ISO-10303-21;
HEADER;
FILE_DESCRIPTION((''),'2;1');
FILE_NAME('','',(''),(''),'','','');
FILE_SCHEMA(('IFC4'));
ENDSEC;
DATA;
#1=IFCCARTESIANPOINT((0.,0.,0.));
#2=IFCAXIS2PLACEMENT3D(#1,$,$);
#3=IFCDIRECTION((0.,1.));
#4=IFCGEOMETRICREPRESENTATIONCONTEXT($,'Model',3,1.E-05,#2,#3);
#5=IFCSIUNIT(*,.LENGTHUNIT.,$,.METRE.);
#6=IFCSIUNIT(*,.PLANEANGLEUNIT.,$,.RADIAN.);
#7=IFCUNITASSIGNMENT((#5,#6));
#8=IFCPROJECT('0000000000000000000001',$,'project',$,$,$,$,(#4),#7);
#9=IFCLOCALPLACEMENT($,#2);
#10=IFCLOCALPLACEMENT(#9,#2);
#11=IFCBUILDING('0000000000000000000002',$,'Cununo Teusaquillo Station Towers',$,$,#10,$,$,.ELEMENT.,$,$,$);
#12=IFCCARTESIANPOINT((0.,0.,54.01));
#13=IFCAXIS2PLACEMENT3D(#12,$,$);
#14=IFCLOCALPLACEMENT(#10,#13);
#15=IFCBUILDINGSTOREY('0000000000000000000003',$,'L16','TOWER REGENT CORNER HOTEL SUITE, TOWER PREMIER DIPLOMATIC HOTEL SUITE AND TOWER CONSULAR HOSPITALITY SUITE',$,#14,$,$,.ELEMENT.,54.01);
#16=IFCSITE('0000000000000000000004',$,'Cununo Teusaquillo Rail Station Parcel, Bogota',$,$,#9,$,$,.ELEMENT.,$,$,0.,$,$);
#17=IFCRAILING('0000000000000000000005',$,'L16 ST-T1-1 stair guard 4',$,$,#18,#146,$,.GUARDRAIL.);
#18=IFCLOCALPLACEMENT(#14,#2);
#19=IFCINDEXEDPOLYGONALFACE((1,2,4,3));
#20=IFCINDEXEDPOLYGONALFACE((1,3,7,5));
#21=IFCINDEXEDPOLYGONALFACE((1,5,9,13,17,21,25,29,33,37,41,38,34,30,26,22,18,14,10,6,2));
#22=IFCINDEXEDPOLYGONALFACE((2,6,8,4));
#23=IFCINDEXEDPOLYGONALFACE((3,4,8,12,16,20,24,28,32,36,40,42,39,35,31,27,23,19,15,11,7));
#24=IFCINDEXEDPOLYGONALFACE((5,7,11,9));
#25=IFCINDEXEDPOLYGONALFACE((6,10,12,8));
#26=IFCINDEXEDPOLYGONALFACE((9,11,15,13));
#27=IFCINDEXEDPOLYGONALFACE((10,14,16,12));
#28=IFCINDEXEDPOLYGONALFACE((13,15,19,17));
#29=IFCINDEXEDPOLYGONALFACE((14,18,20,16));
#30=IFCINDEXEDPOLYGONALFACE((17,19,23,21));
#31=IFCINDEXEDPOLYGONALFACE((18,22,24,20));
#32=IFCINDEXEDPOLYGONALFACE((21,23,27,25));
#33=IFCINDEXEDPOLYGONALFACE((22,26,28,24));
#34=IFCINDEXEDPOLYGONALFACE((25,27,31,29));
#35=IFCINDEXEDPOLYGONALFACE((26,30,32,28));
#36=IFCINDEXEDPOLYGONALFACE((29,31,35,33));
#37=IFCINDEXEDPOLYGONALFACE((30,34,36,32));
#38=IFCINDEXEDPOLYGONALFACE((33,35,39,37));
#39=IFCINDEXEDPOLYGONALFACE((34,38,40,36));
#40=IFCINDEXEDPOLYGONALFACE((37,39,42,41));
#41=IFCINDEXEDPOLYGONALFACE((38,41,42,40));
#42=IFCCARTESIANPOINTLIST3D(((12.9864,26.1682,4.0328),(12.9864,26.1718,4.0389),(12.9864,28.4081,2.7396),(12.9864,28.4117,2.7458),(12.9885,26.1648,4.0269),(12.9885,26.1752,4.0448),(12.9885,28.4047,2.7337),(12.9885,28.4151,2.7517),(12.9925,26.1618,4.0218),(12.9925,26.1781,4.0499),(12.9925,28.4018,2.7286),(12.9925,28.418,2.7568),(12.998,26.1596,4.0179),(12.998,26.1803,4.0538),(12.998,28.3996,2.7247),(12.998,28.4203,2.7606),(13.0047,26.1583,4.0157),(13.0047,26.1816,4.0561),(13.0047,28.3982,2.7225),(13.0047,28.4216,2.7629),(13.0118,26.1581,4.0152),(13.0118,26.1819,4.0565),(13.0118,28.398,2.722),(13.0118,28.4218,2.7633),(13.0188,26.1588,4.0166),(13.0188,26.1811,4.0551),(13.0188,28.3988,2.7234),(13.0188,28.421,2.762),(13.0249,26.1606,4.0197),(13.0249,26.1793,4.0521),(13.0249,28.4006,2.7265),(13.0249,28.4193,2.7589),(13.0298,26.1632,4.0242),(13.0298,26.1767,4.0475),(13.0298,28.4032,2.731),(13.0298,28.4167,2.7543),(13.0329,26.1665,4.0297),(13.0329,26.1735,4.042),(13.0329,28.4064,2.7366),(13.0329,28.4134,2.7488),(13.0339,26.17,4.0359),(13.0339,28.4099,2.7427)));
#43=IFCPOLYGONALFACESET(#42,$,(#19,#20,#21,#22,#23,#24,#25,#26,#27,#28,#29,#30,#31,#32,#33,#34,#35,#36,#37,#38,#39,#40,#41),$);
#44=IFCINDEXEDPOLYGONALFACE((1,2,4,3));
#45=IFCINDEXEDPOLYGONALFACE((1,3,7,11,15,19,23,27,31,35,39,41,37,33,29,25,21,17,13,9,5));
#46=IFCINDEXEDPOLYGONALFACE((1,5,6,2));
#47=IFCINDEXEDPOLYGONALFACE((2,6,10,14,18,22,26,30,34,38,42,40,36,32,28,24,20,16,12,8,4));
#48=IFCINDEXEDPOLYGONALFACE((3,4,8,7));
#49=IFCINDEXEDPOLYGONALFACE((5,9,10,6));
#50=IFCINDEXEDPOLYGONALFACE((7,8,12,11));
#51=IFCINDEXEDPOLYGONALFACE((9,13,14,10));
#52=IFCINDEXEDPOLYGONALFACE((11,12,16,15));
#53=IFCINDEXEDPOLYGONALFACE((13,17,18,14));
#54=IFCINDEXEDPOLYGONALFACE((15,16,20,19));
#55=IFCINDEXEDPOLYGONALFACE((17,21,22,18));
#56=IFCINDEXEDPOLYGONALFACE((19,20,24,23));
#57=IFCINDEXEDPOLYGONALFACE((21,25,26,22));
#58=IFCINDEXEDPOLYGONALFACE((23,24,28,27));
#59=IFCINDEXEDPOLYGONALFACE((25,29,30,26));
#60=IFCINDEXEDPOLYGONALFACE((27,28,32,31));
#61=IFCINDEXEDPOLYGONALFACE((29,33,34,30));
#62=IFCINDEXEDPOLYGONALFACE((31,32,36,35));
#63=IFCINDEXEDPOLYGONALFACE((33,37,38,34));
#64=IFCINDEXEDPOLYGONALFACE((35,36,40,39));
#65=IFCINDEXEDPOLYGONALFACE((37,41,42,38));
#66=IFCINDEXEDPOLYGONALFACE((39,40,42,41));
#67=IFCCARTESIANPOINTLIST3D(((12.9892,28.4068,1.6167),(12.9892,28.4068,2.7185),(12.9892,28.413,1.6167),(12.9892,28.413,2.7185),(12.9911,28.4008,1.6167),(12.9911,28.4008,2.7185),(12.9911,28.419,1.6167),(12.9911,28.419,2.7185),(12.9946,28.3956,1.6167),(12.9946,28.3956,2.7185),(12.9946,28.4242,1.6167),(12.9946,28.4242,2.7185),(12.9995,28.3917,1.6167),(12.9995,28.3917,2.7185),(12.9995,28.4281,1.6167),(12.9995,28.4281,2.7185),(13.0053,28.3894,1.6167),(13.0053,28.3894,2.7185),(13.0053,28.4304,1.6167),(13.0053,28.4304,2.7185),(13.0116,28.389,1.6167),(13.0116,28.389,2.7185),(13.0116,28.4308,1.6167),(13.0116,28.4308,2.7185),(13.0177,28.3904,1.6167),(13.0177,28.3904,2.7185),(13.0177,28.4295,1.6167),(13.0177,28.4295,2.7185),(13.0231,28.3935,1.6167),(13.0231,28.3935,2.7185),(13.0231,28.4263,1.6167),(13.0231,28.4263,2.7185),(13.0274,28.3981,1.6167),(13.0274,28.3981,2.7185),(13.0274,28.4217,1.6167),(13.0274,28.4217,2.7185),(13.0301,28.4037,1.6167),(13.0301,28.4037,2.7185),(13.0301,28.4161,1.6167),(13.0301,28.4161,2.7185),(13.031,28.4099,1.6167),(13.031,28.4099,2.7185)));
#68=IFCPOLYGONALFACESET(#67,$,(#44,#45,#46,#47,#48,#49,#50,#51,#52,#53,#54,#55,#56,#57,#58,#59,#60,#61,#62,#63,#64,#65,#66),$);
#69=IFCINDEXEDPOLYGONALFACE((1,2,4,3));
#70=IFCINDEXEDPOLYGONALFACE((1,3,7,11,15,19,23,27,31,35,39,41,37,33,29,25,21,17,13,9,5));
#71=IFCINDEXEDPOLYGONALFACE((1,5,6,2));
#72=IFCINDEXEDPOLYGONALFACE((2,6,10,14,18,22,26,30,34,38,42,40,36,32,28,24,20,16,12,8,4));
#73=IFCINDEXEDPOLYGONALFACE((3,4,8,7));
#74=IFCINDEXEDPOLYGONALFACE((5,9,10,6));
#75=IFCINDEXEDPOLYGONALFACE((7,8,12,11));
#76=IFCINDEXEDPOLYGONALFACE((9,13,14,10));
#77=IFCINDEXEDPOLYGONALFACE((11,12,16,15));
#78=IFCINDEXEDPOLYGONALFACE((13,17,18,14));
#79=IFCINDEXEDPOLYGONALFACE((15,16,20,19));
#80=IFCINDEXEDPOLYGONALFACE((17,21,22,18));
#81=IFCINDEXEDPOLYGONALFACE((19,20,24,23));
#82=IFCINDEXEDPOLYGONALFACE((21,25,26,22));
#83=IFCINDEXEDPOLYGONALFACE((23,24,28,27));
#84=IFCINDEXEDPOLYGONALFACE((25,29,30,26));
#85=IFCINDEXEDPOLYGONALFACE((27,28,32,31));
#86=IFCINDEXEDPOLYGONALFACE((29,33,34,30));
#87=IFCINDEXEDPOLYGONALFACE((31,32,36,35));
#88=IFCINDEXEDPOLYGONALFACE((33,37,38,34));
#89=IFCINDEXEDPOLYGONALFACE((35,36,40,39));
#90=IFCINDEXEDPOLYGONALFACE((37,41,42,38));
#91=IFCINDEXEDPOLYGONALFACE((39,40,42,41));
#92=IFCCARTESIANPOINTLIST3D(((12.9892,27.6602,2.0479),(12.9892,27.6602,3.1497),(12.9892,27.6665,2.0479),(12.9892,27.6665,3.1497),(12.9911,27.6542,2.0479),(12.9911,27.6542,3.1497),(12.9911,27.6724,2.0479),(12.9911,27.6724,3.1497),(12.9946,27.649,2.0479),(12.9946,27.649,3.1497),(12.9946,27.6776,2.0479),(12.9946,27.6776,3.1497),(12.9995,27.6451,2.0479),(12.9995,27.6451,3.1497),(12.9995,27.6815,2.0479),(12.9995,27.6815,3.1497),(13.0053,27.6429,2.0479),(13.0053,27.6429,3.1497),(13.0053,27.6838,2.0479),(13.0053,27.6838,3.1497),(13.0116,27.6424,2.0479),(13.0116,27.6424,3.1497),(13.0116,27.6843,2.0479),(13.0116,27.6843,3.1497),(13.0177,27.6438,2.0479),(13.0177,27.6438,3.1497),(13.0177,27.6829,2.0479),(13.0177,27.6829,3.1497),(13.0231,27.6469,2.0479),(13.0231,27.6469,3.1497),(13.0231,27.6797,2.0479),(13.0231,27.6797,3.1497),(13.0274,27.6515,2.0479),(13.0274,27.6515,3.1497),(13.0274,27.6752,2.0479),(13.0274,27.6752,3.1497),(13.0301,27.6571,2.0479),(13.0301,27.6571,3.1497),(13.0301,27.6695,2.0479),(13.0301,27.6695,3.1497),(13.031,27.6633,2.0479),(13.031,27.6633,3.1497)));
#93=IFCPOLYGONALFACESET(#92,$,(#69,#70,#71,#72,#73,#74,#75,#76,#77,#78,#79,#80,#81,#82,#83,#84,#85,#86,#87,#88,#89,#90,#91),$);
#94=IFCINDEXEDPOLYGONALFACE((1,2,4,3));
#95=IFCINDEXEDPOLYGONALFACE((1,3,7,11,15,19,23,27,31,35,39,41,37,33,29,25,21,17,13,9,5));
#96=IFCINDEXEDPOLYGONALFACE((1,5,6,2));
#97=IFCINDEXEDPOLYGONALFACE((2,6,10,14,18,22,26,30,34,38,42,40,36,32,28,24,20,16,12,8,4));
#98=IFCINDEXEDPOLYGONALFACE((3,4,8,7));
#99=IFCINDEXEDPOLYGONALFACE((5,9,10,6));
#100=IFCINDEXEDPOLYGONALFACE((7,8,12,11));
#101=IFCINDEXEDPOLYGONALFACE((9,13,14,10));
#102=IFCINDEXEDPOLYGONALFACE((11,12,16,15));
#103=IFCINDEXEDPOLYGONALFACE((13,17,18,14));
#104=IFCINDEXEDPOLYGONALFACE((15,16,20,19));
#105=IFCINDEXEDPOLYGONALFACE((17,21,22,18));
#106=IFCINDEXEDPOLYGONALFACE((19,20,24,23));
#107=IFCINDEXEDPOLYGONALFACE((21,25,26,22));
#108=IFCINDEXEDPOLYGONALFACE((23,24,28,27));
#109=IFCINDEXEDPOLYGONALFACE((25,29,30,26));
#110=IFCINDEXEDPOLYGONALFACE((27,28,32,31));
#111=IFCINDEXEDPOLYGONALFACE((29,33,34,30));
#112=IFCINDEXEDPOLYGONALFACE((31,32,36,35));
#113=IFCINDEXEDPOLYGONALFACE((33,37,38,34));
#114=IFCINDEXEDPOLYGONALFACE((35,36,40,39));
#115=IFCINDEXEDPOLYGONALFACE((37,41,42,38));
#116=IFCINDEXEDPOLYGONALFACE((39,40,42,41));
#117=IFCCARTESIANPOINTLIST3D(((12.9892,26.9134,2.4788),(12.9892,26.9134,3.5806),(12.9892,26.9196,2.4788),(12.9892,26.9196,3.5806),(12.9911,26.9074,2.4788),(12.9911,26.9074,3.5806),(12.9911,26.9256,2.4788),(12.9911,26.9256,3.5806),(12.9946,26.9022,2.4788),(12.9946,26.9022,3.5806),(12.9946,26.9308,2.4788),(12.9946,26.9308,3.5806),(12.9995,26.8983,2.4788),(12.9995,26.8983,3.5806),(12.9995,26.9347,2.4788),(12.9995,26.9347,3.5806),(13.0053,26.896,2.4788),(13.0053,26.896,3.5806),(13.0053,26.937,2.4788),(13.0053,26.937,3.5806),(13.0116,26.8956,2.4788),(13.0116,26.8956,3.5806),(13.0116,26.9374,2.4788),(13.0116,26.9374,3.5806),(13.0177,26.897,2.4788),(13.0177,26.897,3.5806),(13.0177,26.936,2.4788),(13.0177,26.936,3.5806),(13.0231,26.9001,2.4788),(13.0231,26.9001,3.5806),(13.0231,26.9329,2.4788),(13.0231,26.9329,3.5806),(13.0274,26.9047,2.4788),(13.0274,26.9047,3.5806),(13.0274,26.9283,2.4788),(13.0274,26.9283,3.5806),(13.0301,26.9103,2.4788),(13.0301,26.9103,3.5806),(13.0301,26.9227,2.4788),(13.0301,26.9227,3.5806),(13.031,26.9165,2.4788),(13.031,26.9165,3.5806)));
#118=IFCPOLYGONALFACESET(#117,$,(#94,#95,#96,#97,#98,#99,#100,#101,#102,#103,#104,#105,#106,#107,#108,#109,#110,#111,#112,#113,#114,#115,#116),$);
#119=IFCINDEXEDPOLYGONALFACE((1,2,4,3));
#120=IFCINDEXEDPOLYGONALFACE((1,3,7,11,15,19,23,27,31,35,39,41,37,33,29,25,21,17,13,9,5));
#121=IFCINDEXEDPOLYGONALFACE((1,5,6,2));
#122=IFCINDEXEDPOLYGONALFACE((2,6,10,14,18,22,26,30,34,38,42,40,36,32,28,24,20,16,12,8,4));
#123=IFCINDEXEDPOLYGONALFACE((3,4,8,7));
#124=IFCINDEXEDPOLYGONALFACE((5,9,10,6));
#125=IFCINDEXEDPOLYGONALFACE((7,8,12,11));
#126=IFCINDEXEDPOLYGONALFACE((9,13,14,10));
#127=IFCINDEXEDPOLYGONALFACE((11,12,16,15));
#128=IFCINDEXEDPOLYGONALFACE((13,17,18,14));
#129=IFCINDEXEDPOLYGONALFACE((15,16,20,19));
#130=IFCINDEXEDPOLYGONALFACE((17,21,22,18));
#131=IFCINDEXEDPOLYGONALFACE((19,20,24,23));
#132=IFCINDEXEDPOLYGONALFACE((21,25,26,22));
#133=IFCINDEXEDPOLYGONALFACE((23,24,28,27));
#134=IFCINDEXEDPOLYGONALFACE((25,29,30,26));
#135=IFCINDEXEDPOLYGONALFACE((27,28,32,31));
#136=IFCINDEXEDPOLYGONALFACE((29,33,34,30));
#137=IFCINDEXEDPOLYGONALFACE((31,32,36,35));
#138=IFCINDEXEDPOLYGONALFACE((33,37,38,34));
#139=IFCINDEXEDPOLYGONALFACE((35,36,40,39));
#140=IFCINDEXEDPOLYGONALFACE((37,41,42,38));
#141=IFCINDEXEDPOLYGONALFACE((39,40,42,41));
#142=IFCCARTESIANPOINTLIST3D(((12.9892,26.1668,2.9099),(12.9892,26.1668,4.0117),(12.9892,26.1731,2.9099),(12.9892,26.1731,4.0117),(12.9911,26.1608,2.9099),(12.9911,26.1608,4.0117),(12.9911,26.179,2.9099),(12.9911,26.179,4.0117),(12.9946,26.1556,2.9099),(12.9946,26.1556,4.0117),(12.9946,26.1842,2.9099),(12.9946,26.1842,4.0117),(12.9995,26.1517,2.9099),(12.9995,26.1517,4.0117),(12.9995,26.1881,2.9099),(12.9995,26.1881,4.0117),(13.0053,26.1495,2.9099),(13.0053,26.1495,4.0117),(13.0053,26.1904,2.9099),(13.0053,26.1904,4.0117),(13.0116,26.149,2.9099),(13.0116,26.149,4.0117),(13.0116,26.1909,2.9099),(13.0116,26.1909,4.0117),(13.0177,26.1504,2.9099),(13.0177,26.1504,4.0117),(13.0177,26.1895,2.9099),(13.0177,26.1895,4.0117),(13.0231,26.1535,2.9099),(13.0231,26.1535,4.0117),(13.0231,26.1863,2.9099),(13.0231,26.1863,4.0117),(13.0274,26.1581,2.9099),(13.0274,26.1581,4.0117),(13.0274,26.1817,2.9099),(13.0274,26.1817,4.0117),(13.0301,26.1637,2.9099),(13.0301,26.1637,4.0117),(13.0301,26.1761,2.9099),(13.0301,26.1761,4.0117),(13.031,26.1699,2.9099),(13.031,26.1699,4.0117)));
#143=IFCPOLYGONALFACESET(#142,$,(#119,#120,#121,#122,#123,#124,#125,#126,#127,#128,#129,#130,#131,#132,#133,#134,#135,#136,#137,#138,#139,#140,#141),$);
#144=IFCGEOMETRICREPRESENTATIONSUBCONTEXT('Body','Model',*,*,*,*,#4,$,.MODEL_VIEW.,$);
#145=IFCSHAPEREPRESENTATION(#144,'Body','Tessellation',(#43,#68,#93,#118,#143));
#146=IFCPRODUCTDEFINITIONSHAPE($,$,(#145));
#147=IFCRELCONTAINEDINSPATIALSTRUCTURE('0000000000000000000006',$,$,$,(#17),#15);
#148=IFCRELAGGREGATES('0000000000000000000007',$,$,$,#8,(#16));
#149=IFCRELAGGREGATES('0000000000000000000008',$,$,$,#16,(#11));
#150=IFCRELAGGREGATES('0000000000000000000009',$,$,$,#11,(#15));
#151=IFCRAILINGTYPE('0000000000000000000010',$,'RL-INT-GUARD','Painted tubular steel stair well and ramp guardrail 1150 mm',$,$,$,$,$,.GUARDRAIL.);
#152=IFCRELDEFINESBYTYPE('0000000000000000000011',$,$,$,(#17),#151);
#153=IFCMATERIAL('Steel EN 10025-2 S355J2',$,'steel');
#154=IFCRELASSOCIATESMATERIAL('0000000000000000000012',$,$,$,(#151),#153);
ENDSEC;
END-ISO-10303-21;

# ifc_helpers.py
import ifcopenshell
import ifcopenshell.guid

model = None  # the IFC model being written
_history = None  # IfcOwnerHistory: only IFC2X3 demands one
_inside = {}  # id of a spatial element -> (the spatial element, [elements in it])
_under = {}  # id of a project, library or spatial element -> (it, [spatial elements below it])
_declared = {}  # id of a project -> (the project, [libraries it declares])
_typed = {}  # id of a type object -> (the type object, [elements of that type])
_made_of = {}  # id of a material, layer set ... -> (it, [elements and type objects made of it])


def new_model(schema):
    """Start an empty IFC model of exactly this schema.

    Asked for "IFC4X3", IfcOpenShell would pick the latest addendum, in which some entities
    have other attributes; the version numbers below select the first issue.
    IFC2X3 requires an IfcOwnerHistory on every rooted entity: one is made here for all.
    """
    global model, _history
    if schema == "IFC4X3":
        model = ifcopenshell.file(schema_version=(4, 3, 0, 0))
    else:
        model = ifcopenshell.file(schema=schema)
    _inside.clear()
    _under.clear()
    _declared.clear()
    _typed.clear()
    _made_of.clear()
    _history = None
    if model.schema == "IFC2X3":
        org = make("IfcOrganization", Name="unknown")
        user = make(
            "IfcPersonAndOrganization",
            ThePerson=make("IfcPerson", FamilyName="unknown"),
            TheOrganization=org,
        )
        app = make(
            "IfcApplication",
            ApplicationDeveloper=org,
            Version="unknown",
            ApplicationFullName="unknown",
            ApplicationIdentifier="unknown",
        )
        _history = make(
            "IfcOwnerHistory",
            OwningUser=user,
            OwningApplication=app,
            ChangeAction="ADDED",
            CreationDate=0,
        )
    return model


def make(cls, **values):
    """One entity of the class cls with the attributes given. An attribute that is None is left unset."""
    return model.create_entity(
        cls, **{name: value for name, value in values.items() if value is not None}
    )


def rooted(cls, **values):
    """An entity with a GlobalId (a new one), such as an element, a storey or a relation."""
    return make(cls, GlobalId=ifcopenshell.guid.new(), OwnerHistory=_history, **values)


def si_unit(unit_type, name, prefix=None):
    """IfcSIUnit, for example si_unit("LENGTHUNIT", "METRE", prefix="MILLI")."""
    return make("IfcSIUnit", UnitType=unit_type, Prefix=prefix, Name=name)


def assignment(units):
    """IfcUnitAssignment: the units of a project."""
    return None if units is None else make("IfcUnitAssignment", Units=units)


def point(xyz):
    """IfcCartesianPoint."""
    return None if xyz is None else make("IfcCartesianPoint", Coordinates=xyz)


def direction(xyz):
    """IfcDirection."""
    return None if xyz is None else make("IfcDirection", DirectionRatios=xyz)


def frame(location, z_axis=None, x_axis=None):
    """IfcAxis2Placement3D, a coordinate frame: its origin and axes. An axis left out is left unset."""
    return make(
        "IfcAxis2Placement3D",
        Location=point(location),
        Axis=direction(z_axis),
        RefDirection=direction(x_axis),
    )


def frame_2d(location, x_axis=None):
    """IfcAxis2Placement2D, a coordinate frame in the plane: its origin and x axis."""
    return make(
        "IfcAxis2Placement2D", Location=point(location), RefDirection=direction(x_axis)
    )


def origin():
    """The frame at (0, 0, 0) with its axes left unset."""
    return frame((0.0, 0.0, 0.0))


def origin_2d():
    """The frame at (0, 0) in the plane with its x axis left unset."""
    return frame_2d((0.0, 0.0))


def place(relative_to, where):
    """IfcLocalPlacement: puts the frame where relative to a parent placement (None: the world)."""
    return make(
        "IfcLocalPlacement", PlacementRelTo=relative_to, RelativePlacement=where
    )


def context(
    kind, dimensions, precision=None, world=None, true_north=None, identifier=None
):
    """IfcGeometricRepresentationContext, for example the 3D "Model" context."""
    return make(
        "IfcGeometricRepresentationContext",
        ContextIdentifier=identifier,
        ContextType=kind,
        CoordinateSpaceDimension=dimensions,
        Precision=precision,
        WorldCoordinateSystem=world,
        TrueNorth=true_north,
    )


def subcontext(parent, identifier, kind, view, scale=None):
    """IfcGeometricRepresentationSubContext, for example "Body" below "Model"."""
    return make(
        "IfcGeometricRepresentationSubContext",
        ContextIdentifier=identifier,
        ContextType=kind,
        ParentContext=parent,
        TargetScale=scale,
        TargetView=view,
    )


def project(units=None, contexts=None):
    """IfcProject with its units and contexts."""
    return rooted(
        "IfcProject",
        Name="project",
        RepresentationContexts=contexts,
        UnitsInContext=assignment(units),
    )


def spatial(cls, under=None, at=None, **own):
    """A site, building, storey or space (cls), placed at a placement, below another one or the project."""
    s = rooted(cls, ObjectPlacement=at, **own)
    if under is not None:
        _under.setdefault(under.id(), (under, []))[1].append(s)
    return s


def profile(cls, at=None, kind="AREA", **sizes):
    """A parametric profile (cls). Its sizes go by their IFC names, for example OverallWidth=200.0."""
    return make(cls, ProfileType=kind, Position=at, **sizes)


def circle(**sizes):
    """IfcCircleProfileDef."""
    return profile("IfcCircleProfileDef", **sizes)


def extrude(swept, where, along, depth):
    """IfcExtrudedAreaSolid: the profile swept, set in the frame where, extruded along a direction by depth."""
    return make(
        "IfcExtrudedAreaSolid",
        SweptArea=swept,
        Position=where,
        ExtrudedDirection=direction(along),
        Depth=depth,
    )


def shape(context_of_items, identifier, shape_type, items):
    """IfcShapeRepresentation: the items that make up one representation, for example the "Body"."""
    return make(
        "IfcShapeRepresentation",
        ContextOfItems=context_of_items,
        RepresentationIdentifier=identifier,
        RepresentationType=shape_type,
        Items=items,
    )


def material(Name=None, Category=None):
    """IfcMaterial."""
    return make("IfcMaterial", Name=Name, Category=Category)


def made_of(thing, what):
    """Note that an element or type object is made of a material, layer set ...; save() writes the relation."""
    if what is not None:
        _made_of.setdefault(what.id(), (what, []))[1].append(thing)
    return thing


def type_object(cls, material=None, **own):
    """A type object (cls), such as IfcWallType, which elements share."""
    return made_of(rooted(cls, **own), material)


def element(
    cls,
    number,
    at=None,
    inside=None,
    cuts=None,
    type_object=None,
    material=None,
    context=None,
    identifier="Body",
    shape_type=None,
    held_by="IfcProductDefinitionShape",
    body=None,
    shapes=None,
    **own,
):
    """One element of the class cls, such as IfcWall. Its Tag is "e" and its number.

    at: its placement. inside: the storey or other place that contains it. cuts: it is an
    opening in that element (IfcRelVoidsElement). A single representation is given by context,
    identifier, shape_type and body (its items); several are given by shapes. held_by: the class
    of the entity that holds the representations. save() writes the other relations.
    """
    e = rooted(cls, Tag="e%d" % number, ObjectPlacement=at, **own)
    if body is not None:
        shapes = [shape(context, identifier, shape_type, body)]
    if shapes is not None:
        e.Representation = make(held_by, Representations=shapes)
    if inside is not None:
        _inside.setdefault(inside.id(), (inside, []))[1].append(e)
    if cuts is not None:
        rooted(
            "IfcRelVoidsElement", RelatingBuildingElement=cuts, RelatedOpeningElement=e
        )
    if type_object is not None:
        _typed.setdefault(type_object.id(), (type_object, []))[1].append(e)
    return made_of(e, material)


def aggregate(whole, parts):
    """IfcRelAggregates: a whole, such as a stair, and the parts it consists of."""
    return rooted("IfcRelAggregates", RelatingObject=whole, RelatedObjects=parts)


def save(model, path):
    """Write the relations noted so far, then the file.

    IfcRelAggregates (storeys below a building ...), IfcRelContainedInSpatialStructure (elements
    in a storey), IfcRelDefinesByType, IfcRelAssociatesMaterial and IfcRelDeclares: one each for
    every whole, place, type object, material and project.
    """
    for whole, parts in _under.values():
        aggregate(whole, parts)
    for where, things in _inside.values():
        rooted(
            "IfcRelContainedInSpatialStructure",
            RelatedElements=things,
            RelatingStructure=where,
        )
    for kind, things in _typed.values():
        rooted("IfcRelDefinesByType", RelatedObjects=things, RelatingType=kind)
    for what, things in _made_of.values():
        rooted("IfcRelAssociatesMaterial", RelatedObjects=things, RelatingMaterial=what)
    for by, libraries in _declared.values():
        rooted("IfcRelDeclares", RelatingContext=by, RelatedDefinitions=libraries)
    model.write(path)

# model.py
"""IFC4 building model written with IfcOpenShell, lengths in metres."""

from ifc_helpers import new_model, si_unit, direction, frame, origin, origin_2d, place, context, subcontext, project, spatial, circle, extrude, material, type_object, element, save


model = new_model("IFC4")

# Units and contexts
model_context = context("Model", 3, precision=1e-05, world=origin(), true_north=direction((0.0, 1.0)))
body_context = subcontext(model_context, "Body", "Model", "MODEL_VIEW")
ifc_project = project(units=[si_unit("LENGTHUNIT", "METRE"), si_unit("PLANEANGLEUNIT", "RADIAN")], contexts=[model_context])

# Site, building, storey
site_placement = place(None, origin())
site = spatial("IfcSite", under=ifc_project, at=site_placement, Name="Cununo Teusaquillo Rail Station Parcel, Bogota", CompositionType="ELEMENT", RefElevation=0.0)
building_placement = place(site_placement, origin())
building = spatial("IfcBuilding", under=site, at=building_placement, Name="Cununo Teusaquillo Station Towers", CompositionType="ELEMENT")
storey_placement = place(building_placement, frame((0.0, 0.0, 54.01)))
storey = spatial("IfcBuildingStorey", under=building, at=storey_placement, Name="L16", Description="TOWER REGENT CORNER HOTEL SUITE, TOWER PREMIER DIPLOMATIC HOTEL SUITE AND TOWER CONSULAR HOSPITALITY SUITE", CompositionType="ELEMENT", Elevation=54.01)

# Railing
ifc_material_1 = material(Name="Steel EN 10025-2 S355J2", Category="steel")
railing_type_1 = type_object("IfcRailingType", Name="RL-INT-GUARD", Description="Painted tubular steel stair well and ramp guardrail 1150 mm", PredefinedType="GUARDRAIL", material=ifc_material_1)
railing_1_placement = place(storey_placement, frame((13.01, 28.4099, 1.6167)))
element("IfcRailing", 1, at=railing_1_placement, inside=storey, type_object=railing_type_1, Name="L16 ST-T1-1 stair guard 4", PredefinedType="GUARDRAIL", context=body_context, shape_type="SweptSolid", body=[
    extrude(circle(Radius=0.0239, at=origin_2d()), frame((0.0, 0.0, 1.126), z_axis=(0.0, -0.866033, 0.499987), x_axis=(1.0, 0.0, 0.0)), (0.0, 0.0, 1.0), 2.5864),
    extrude(circle(Radius=0.021, at=origin_2d()), origin(), (0.0, 0.0, 1.0), 1.1018),
    extrude(circle(Radius=0.021, at=origin_2d()), frame((0.0, -0.7466, 0.4312)), (0.0, 0.0, 1.0), 1.1018),
    extrude(circle(Radius=0.021, at=origin_2d()), frame((0.0, -1.4934, 0.8621)), (0.0, 0.0, 1.0), 1.1018),
    extrude(circle(Radius=0.021, at=origin_2d()), frame((0.0, -2.24, 1.2932)), (0.0, 0.0, 1.0), 1.1018),
])

save(model, "model.ifc")
